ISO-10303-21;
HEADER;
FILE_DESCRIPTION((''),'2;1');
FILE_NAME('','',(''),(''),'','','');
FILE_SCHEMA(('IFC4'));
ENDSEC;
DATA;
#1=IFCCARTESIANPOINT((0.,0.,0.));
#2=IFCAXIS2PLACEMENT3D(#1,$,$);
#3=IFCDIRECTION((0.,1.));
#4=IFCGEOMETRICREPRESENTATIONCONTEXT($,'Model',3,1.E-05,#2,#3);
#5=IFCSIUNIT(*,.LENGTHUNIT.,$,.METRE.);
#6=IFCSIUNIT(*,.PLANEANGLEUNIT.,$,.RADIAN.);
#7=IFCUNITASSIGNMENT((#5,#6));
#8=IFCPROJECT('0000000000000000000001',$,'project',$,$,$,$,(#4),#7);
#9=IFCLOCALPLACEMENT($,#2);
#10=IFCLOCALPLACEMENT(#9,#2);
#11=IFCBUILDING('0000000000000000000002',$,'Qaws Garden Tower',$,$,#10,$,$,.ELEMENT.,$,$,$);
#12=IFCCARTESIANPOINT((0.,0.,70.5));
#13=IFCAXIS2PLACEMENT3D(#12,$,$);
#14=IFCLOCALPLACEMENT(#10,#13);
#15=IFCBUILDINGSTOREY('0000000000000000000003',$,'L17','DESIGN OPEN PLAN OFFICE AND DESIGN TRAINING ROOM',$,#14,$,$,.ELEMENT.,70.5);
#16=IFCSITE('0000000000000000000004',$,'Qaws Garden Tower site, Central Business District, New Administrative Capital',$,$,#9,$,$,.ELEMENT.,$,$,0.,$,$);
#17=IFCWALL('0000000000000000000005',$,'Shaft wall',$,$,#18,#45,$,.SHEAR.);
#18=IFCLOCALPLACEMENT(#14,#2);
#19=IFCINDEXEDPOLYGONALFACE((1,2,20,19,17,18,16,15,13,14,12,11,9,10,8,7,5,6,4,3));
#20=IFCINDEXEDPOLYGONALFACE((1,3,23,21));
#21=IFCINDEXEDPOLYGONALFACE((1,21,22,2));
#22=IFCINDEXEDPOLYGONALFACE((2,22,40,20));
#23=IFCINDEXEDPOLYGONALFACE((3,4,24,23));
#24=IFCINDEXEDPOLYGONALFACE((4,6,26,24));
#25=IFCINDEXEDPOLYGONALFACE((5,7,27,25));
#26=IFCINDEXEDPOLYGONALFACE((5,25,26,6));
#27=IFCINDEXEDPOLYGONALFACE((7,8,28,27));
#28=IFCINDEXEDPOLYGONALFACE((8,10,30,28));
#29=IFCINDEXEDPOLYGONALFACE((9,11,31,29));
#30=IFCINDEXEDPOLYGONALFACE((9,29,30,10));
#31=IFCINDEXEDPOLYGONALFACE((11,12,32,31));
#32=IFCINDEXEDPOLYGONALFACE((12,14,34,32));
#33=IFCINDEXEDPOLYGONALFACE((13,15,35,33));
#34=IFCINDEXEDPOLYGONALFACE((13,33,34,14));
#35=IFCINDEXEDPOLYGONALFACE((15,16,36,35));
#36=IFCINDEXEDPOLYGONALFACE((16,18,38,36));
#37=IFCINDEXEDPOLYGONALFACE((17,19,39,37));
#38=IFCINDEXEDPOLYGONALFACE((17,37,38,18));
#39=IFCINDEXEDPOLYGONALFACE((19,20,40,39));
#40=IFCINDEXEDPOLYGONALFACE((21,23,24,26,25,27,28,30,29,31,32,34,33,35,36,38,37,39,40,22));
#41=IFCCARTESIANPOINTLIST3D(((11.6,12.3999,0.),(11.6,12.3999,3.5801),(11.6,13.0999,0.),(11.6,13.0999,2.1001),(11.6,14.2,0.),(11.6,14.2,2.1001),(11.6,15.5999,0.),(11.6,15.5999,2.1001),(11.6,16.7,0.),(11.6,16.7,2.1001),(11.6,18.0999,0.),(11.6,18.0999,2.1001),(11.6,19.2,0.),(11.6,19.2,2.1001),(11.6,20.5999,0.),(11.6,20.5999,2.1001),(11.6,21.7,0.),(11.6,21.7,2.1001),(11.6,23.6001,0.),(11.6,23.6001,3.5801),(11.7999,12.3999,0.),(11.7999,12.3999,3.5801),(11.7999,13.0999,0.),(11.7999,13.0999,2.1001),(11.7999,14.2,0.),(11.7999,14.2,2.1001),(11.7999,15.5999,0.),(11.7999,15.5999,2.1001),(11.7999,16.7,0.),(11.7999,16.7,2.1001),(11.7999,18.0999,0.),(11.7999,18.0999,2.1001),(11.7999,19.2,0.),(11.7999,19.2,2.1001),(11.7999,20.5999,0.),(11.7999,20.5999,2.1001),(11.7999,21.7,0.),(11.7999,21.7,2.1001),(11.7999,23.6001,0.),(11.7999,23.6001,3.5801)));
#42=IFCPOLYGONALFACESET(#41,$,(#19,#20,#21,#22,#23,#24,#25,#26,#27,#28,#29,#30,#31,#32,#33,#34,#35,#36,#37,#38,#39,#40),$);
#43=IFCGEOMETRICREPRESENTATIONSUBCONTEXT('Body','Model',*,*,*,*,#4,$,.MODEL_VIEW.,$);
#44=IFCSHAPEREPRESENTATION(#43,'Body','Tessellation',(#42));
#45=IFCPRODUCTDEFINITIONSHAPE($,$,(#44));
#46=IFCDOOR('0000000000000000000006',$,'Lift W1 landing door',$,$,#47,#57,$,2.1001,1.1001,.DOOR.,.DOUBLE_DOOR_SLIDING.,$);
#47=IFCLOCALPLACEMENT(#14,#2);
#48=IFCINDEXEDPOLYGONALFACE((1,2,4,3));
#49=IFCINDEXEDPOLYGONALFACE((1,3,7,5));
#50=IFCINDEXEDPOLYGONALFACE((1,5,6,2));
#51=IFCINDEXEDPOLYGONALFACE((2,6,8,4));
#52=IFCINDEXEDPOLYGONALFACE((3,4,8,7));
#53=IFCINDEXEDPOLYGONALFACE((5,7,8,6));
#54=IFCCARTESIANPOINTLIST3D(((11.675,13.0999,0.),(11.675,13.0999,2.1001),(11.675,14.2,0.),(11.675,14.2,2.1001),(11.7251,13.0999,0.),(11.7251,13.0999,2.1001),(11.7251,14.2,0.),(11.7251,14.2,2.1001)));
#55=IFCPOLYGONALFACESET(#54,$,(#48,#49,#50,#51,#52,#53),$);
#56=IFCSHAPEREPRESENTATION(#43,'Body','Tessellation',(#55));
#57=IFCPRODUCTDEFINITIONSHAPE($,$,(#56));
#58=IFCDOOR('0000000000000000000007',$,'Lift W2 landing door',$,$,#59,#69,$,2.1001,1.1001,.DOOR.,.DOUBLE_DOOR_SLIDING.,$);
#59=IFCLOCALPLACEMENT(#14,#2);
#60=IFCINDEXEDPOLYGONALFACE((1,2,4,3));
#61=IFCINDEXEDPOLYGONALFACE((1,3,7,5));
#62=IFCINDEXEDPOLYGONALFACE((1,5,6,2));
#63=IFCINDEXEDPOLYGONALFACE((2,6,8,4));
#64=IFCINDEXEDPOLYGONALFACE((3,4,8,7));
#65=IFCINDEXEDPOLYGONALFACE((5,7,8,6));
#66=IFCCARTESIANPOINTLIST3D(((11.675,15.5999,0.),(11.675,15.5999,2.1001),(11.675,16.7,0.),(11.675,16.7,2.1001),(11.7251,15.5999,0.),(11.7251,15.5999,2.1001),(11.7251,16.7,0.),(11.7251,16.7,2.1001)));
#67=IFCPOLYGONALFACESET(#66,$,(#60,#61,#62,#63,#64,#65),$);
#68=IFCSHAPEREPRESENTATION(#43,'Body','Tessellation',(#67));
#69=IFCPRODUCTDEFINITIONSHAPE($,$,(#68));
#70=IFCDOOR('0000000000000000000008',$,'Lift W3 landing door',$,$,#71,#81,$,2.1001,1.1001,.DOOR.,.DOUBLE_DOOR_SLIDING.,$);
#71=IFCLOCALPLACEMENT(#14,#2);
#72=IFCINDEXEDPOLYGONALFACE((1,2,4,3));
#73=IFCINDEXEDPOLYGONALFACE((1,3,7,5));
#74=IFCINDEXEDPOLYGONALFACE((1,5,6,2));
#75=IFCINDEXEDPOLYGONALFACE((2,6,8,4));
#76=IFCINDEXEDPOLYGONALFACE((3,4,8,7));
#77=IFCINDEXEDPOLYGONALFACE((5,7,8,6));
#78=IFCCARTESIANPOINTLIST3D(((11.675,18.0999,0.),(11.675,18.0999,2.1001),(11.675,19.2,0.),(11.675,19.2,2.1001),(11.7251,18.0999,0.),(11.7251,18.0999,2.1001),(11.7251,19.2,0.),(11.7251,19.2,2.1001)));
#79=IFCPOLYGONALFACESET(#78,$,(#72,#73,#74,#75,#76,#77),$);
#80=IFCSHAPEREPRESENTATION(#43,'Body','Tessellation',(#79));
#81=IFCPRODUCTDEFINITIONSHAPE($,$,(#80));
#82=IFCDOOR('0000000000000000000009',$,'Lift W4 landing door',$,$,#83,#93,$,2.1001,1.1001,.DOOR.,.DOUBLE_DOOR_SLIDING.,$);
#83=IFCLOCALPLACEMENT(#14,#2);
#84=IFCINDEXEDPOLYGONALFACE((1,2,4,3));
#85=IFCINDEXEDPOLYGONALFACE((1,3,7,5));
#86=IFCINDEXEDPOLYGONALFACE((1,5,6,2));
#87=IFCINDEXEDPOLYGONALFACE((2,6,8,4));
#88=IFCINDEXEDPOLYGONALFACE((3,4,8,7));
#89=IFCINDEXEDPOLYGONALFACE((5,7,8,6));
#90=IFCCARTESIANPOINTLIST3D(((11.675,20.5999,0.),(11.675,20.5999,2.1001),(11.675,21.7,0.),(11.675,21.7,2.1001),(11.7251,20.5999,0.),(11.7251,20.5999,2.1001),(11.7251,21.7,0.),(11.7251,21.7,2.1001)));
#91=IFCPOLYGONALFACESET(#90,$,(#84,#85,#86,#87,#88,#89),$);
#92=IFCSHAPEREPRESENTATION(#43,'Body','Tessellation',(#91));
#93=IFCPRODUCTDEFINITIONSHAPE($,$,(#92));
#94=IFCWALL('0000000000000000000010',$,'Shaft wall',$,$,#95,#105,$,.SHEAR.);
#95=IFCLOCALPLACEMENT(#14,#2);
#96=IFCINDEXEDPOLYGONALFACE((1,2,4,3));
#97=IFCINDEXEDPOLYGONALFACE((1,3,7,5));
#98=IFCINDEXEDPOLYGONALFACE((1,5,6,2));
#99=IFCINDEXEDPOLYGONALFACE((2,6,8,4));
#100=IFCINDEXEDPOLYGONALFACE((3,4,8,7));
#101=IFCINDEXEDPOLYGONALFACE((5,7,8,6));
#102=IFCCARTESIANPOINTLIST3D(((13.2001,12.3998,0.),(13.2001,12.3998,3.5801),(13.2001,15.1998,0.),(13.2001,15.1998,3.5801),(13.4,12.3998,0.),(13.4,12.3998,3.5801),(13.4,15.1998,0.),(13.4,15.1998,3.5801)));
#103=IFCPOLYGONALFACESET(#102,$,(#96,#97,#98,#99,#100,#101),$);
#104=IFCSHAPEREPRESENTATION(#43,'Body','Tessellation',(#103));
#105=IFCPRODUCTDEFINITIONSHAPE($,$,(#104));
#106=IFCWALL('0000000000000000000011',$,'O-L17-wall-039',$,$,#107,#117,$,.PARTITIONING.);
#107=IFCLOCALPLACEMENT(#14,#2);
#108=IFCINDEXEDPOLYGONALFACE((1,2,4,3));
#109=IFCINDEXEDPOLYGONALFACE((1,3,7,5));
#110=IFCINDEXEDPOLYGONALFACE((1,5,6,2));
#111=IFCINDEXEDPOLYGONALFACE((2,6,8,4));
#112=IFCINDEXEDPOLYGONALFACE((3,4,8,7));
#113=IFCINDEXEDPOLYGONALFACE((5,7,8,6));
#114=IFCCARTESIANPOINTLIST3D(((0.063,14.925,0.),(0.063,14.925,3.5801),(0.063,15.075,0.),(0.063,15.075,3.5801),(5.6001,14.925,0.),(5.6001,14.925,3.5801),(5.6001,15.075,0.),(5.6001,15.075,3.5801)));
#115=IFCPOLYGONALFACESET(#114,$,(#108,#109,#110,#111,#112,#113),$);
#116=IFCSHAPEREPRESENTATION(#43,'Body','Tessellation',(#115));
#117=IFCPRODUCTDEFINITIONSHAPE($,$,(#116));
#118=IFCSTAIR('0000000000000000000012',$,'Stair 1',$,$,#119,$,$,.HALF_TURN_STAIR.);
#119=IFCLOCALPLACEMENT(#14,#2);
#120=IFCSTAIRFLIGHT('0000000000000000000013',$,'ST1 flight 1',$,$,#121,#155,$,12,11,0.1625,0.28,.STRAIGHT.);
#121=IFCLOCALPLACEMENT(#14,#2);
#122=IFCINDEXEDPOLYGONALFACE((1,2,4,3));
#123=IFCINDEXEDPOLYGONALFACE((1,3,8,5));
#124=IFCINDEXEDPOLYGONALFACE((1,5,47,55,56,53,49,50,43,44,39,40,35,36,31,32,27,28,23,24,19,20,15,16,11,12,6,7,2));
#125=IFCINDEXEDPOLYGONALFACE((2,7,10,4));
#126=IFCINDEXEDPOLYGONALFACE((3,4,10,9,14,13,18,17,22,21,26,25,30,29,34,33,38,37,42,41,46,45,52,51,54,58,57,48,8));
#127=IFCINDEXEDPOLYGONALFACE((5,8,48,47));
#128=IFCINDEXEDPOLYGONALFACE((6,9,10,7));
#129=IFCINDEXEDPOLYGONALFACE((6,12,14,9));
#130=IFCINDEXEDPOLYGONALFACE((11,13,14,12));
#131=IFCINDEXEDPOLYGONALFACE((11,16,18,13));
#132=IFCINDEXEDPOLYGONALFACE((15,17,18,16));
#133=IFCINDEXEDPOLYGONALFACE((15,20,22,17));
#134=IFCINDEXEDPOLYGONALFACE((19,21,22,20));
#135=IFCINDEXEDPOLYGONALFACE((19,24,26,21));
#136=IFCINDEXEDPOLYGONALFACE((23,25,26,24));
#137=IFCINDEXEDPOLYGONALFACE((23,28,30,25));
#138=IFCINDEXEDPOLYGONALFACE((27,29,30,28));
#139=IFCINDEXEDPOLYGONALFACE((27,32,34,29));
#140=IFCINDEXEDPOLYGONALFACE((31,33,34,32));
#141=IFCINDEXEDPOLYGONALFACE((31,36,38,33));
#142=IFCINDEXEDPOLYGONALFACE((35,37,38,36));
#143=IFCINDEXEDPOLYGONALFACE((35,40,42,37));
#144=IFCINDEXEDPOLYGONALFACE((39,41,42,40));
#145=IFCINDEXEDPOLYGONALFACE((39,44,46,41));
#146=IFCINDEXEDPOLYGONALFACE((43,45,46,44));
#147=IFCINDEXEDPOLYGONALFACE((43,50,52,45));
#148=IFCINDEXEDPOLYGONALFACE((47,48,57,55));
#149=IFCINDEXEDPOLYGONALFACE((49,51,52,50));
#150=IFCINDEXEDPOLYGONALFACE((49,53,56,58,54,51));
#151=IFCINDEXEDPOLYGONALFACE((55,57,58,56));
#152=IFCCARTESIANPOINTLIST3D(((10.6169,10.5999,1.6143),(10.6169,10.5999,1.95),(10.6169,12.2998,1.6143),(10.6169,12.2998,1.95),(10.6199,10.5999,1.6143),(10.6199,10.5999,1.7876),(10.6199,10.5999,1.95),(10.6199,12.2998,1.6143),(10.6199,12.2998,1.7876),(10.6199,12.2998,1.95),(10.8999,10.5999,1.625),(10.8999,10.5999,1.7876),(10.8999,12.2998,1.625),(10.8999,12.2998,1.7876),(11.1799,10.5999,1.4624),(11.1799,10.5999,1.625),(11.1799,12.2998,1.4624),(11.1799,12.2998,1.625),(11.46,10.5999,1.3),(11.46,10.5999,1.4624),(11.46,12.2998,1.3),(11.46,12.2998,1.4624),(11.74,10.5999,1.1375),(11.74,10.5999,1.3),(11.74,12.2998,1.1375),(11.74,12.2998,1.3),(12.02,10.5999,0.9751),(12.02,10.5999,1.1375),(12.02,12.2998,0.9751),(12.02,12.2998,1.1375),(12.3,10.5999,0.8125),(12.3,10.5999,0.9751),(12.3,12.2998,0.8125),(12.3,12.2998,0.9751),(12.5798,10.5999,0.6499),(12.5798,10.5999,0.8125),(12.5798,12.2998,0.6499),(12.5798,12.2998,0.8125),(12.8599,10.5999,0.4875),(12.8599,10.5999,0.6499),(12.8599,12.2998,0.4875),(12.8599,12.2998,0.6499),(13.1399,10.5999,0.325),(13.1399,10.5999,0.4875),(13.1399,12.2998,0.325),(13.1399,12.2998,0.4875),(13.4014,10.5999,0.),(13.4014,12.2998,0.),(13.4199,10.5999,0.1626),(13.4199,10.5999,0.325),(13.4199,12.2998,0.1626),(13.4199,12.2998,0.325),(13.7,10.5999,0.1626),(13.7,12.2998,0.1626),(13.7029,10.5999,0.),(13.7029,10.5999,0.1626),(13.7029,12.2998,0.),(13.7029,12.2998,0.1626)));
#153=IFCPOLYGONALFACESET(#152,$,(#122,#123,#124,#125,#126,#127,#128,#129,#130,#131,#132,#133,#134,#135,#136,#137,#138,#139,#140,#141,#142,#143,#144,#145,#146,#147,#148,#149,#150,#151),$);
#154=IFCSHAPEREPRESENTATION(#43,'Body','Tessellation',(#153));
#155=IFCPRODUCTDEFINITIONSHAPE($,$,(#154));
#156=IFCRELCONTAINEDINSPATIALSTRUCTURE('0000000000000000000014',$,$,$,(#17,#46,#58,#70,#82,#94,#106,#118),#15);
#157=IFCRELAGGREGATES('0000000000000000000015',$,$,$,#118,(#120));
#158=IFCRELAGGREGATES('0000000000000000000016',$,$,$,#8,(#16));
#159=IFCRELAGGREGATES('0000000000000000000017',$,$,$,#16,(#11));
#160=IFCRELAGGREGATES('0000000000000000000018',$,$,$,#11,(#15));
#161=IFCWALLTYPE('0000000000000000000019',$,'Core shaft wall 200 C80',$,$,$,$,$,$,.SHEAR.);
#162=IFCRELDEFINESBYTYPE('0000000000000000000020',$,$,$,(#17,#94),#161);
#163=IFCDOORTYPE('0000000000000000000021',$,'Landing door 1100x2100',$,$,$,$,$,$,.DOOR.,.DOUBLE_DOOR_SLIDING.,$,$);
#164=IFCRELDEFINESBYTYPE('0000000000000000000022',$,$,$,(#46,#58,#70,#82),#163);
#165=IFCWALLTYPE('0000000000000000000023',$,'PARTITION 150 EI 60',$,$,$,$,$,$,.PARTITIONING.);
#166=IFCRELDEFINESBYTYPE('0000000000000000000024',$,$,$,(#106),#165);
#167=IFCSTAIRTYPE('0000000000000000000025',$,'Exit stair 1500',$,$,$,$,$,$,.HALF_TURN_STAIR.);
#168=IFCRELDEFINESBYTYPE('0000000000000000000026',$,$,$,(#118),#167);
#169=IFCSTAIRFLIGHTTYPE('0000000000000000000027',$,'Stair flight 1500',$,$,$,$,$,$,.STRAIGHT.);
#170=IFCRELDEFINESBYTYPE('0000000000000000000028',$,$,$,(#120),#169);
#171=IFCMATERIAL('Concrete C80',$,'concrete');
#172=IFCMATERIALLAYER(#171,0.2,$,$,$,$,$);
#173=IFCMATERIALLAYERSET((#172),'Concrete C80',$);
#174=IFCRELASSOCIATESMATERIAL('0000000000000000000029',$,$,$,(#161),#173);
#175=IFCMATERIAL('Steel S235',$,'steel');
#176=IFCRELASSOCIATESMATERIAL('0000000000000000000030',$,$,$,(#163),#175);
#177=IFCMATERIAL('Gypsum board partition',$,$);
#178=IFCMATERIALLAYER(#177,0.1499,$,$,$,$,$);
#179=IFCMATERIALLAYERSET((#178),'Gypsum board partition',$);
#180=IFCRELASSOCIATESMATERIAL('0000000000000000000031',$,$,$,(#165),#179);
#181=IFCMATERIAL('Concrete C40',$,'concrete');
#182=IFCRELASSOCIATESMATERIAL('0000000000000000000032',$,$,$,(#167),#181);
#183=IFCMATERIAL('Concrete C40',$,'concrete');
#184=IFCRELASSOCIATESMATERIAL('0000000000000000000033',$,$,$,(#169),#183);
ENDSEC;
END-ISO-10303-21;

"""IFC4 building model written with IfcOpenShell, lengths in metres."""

from ifc_helpers import new_model, si_unit, direction, frame, frame_2d, origin, place, context, subcontext, project, spatial, polyline, rectangle, outline, extrude, material, layer, layer_set, type_object, element, fill, aggregate, save


model = new_model("IFC4")

# Units and contexts
model_context = context("Model", 3, precision=1e-05, world=origin(), true_north=direction((0.0, 1.0)))
body_context = subcontext(model_context, "Body", "Model", "MODEL_VIEW")
ifc_project = project(units=[si_unit("LENGTHUNIT", "METRE"), si_unit("PLANEANGLEUNIT", "RADIAN")], contexts=[model_context])

# Site, building, storey
site_placement = place(None, origin())
site = spatial("IfcSite", under=ifc_project, at=site_placement, Name="Qaws Garden Tower site, Central Business District, New Administrative Capital", CompositionType="ELEMENT", RefElevation=0.0)
building_placement = place(site_placement, origin())
building = spatial("IfcBuilding", under=site, at=building_placement, Name="Qaws Garden Tower", CompositionType="ELEMENT")
storey_placement = place(building_placement, frame((0.0, 0.0, 70.5)))
storey = spatial("IfcBuildingStorey", under=building, at=storey_placement, Name="L17", Description="DESIGN OPEN PLAN OFFICE AND DESIGN TRAINING ROOM", CompositionType="ELEMENT", Elevation=70.5)

# Shared definitions
ifc_material_1 = material(Name="Concrete C80", Category="concrete")
ifc_layer_1 = layer(ifc_material_1, 0.2)
ifc_layer_set_1 = layer_set([ifc_layer_1], Name="Concrete C80")
wall_type_1 = type_object("IfcWallType", Name="Core shaft wall 200 C80", PredefinedType="SHEAR", material=ifc_layer_set_1)

# Wall, openings, doors
wall_1_placement = place(storey_placement, frame((11.7, 12.3999, 0.0), z_axis=(0.0, 0.0, 1.0), x_axis=(0.0, 1.0, 0.0)))
wall_1 = element("IfcWall", 1, at=wall_1_placement, inside=storey, type_object=wall_type_1, Name="Shaft wall", PredefinedType="SHEAR", context=body_context, shape_type="SweptSolid", body=[
    extrude(rectangle(XDim=11.2002, YDim=0.2, at=frame_2d((5.6001, 0.0))), origin(), (0.0, 0.0, 1.0), 3.5801),
])
opening_1_placement = place(wall_1_placement, frame((0.7, 0.0, 0.0)))
opening_1 = element("IfcOpeningElement", 2, at=opening_1_placement, cuts=wall_1, PredefinedType="OPENING", context=body_context, shape_type="SweptSolid", body=[
    extrude(rectangle(XDim=1.1001, YDim=2.1001, at=frame_2d((0.55, 1.05))), frame((0.0, 0.1099, 0.0), z_axis=(0.0, -1.0, 0.0), x_axis=(1.0, 0.0, 0.0)), (0.0, 0.0, 1.0), 0.22),
])
opening_2_placement = place(wall_1_placement, frame((3.2, 0.0, 0.0)))
opening_2 = element("IfcOpeningElement", 3, at=opening_2_placement, cuts=wall_1, PredefinedType="OPENING", context=body_context, shape_type="SweptSolid", body=[
    extrude(rectangle(XDim=1.1001, YDim=2.1001, at=frame_2d((0.55, 1.05))), frame((0.0, 0.1099, 0.0), z_axis=(0.0, -1.0, 0.0), x_axis=(1.0, 0.0, 0.0)), (0.0, 0.0, 1.0), 0.22),
])
opening_3_placement = place(wall_1_placement, frame((5.7, 0.0, 0.0)))
opening_3 = element("IfcOpeningElement", 4, at=opening_3_placement, cuts=wall_1, PredefinedType="OPENING", context=body_context, shape_type="SweptSolid", body=[
    extrude(rectangle(XDim=1.1001, YDim=2.1001, at=frame_2d((0.55, 1.05))), frame((0.0, 0.1099, 0.0), z_axis=(0.0, -1.0, 0.0), x_axis=(1.0, 0.0, 0.0)), (0.0, 0.0, 1.0), 0.22),
])
opening_4_placement = place(wall_1_placement, frame((8.2, 0.0, 0.0)))
opening_4 = element("IfcOpeningElement", 5, at=opening_4_placement, cuts=wall_1, PredefinedType="OPENING", context=body_context, shape_type="SweptSolid", body=[
    extrude(rectangle(XDim=1.1001, YDim=2.1001, at=frame_2d((0.55, 1.05))), frame((0.0, 0.1099, 0.0), z_axis=(0.0, -1.0, 0.0), x_axis=(1.0, 0.0, 0.0)), (0.0, 0.0, 1.0), 0.22),
])
ifc_material_2 = material(Name="Steel S235", Category="steel")
door_type = type_object("IfcDoorType", Name="Landing door 1100x2100", OperationType="DOUBLE_DOOR_SLIDING", PredefinedType="DOOR", material=ifc_material_2)
door_1_placement = place(opening_1_placement, origin())
door_1 = element("IfcDoor", 6, at=door_1_placement, inside=storey, type_object=door_type, Name="Lift W1 landing door", OperationType="DOUBLE_DOOR_SLIDING", OverallHeight=2.1001, OverallWidth=1.1001, PredefinedType="DOOR", context=body_context, shape_type="SweptSolid", body=[
    extrude(rectangle(XDim=1.1001, YDim=2.1001, at=frame_2d((0.55, 1.05))), frame((0.0, 0.0249, 0.0), z_axis=(0.0, -1.0, 0.0), x_axis=(1.0, 0.0, 0.0)), (0.0, 0.0, 1.0), 0.05),
])
fill(opening_1, door_1)
door_2_placement = place(opening_2_placement, origin())
door_2 = element("IfcDoor", 7, at=door_2_placement, inside=storey, type_object=door_type, Name="Lift W2 landing door", OperationType="DOUBLE_DOOR_SLIDING", OverallHeight=2.1001, OverallWidth=1.1001, PredefinedType="DOOR", context=body_context, shape_type="SweptSolid", body=[
    extrude(rectangle(XDim=1.1001, YDim=2.1001, at=frame_2d((0.55, 1.05))), frame((0.0, 0.0249, 0.0), z_axis=(0.0, -1.0, 0.0), x_axis=(1.0, 0.0, 0.0)), (0.0, 0.0, 1.0), 0.05),
])
fill(opening_2, door_2)
door_3_placement = place(opening_3_placement, origin())
door_3 = element("IfcDoor", 8, at=door_3_placement, inside=storey, type_object=door_type, Name="Lift W3 landing door", OperationType="DOUBLE_DOOR_SLIDING", OverallHeight=2.1001, OverallWidth=1.1001, PredefinedType="DOOR", context=body_context, shape_type="SweptSolid", body=[
    extrude(rectangle(XDim=1.1001, YDim=2.1001, at=frame_2d((0.55, 1.05))), frame((0.0, 0.0249, 0.0), z_axis=(0.0, -1.0, 0.0), x_axis=(1.0, 0.0, 0.0)), (0.0, 0.0, 1.0), 0.05),
])
fill(opening_3, door_3)
door_4_placement = place(opening_4_placement, origin())
door_4 = element("IfcDoor", 9, at=door_4_placement, inside=storey, type_object=door_type, Name="Lift W4 landing door", OperationType="DOUBLE_DOOR_SLIDING", OverallHeight=2.1001, OverallWidth=1.1001, PredefinedType="DOOR", context=body_context, shape_type="SweptSolid", body=[
    extrude(rectangle(XDim=1.1001, YDim=2.1001, at=frame_2d((0.55, 1.05))), frame((0.0, 0.0249, 0.0), z_axis=(0.0, -1.0, 0.0), x_axis=(1.0, 0.0, 0.0)), (0.0, 0.0, 1.0), 0.05),
])
fill(opening_4, door_4)

# Walls
wall_2_placement = place(storey_placement, frame((13.3, 12.3999, 0.0), z_axis=(0.0, 0.0, 1.0), x_axis=(0.0, 1.0, 0.0)))
element("IfcWall", 10, at=wall_2_placement, inside=storey, type_object=wall_type_1, Name="Shaft wall", PredefinedType="SHEAR", context=body_context, shape_type="SweptSolid", body=[
    extrude(rectangle(XDim=2.8, YDim=0.2, at=frame_2d((1.3999, 0.0))), origin(), (0.0, 0.0, 1.0), 3.5801),
])
ifc_material_3 = material(Name="Gypsum board partition")
ifc_layer_2 = layer(ifc_material_3, 0.1499)
ifc_layer_set_2 = layer_set([ifc_layer_2], Name="Gypsum board partition")
wall_type_2 = type_object("IfcWallType", Name="PARTITION 150 EI 60", PredefinedType="PARTITIONING", material=ifc_layer_set_2)
wall_3_placement = place(storey_placement, frame((0.063, 15.0, 0.0), z_axis=(0.0, 0.0, 1.0), x_axis=(1.0, 0.0, 0.0)))
element("IfcWall", 11, at=wall_3_placement, inside=storey, type_object=wall_type_2, Name="O-L17-wall-039", PredefinedType="PARTITIONING", context=body_context, shape_type="SweptSolid", body=[
    extrude(rectangle(XDim=5.5371, YDim=0.1499, at=frame_2d((2.7686, 0.0))), origin(), (0.0, 0.0, 1.0), 3.5801),
])

# Stair, stair flight
ifc_material_4 = material(Name="Concrete C40", Category="concrete")
stair_type = type_object("IfcStairType", Name="Exit stair 1500", PredefinedType="HALF_TURN_STAIR", material=ifc_material_4)
stair_placement = place(storey_placement, origin())
stair = element("IfcStair", 12, at=stair_placement, inside=storey, type_object=stair_type, Name="Stair 1", PredefinedType="HALF_TURN_STAIR")
ifc_material_5 = material(Name="Concrete C40", Category="concrete")
stair_flight_type = type_object("IfcStairFlightType", Name="Stair flight 1500", PredefinedType="STRAIGHT", material=ifc_material_5)
stair_flight_placement = place(storey_placement, frame((13.7, 11.45, 0.0), z_axis=(0.0, 0.0, 1.0), x_axis=(-1.0, 0.0, 0.0)))
stair_flight = element("IfcStairFlight", 13, at=stair_flight_placement, type_object=stair_flight_type, Name="ST1 flight 1", NumberOfRisers=12, NumberOfTreads=11, PredefinedType="STRAIGHT", RiserHeight=0.1625, TreadLength=0.28, context=body_context, shape_type="SweptSolid", body=[
    extrude(outline(polyline([(-0.0029, 0.0), (-0.0029, 0.1626), (0.0, 0.1626), (0.28, 0.1626), (0.28, 0.325), (0.5601, 0.325), (0.5601, 0.4875), (0.8401, 0.4875), (0.8401, 0.6499), (1.1201, 0.6499), (1.1201, 0.8125), (1.3999, 0.8125), (1.3999, 0.9751), (1.6799, 0.9751), (1.6799, 1.1375), (1.96, 1.1375), (1.96, 1.3), (2.24, 1.3), (2.24, 1.4624), (2.52, 1.4624), (2.52, 1.625), (2.8, 1.625), (2.8, 1.7876), (3.0801, 1.7876), (3.0801, 1.95), (3.083, 1.95), (3.083, 1.6143), (3.0801, 1.6143), (0.2986, 0.0), (-0.0029, 0.0)])), frame((0.0, 0.8501, 0.0), z_axis=(0.0, -1.0, 0.0), x_axis=(1.0, 0.0, 0.0)), (0.0, 0.0, 1.0), 1.7),
])
aggregate(stair, [stair_flight])

save(model, "model.ifc")
